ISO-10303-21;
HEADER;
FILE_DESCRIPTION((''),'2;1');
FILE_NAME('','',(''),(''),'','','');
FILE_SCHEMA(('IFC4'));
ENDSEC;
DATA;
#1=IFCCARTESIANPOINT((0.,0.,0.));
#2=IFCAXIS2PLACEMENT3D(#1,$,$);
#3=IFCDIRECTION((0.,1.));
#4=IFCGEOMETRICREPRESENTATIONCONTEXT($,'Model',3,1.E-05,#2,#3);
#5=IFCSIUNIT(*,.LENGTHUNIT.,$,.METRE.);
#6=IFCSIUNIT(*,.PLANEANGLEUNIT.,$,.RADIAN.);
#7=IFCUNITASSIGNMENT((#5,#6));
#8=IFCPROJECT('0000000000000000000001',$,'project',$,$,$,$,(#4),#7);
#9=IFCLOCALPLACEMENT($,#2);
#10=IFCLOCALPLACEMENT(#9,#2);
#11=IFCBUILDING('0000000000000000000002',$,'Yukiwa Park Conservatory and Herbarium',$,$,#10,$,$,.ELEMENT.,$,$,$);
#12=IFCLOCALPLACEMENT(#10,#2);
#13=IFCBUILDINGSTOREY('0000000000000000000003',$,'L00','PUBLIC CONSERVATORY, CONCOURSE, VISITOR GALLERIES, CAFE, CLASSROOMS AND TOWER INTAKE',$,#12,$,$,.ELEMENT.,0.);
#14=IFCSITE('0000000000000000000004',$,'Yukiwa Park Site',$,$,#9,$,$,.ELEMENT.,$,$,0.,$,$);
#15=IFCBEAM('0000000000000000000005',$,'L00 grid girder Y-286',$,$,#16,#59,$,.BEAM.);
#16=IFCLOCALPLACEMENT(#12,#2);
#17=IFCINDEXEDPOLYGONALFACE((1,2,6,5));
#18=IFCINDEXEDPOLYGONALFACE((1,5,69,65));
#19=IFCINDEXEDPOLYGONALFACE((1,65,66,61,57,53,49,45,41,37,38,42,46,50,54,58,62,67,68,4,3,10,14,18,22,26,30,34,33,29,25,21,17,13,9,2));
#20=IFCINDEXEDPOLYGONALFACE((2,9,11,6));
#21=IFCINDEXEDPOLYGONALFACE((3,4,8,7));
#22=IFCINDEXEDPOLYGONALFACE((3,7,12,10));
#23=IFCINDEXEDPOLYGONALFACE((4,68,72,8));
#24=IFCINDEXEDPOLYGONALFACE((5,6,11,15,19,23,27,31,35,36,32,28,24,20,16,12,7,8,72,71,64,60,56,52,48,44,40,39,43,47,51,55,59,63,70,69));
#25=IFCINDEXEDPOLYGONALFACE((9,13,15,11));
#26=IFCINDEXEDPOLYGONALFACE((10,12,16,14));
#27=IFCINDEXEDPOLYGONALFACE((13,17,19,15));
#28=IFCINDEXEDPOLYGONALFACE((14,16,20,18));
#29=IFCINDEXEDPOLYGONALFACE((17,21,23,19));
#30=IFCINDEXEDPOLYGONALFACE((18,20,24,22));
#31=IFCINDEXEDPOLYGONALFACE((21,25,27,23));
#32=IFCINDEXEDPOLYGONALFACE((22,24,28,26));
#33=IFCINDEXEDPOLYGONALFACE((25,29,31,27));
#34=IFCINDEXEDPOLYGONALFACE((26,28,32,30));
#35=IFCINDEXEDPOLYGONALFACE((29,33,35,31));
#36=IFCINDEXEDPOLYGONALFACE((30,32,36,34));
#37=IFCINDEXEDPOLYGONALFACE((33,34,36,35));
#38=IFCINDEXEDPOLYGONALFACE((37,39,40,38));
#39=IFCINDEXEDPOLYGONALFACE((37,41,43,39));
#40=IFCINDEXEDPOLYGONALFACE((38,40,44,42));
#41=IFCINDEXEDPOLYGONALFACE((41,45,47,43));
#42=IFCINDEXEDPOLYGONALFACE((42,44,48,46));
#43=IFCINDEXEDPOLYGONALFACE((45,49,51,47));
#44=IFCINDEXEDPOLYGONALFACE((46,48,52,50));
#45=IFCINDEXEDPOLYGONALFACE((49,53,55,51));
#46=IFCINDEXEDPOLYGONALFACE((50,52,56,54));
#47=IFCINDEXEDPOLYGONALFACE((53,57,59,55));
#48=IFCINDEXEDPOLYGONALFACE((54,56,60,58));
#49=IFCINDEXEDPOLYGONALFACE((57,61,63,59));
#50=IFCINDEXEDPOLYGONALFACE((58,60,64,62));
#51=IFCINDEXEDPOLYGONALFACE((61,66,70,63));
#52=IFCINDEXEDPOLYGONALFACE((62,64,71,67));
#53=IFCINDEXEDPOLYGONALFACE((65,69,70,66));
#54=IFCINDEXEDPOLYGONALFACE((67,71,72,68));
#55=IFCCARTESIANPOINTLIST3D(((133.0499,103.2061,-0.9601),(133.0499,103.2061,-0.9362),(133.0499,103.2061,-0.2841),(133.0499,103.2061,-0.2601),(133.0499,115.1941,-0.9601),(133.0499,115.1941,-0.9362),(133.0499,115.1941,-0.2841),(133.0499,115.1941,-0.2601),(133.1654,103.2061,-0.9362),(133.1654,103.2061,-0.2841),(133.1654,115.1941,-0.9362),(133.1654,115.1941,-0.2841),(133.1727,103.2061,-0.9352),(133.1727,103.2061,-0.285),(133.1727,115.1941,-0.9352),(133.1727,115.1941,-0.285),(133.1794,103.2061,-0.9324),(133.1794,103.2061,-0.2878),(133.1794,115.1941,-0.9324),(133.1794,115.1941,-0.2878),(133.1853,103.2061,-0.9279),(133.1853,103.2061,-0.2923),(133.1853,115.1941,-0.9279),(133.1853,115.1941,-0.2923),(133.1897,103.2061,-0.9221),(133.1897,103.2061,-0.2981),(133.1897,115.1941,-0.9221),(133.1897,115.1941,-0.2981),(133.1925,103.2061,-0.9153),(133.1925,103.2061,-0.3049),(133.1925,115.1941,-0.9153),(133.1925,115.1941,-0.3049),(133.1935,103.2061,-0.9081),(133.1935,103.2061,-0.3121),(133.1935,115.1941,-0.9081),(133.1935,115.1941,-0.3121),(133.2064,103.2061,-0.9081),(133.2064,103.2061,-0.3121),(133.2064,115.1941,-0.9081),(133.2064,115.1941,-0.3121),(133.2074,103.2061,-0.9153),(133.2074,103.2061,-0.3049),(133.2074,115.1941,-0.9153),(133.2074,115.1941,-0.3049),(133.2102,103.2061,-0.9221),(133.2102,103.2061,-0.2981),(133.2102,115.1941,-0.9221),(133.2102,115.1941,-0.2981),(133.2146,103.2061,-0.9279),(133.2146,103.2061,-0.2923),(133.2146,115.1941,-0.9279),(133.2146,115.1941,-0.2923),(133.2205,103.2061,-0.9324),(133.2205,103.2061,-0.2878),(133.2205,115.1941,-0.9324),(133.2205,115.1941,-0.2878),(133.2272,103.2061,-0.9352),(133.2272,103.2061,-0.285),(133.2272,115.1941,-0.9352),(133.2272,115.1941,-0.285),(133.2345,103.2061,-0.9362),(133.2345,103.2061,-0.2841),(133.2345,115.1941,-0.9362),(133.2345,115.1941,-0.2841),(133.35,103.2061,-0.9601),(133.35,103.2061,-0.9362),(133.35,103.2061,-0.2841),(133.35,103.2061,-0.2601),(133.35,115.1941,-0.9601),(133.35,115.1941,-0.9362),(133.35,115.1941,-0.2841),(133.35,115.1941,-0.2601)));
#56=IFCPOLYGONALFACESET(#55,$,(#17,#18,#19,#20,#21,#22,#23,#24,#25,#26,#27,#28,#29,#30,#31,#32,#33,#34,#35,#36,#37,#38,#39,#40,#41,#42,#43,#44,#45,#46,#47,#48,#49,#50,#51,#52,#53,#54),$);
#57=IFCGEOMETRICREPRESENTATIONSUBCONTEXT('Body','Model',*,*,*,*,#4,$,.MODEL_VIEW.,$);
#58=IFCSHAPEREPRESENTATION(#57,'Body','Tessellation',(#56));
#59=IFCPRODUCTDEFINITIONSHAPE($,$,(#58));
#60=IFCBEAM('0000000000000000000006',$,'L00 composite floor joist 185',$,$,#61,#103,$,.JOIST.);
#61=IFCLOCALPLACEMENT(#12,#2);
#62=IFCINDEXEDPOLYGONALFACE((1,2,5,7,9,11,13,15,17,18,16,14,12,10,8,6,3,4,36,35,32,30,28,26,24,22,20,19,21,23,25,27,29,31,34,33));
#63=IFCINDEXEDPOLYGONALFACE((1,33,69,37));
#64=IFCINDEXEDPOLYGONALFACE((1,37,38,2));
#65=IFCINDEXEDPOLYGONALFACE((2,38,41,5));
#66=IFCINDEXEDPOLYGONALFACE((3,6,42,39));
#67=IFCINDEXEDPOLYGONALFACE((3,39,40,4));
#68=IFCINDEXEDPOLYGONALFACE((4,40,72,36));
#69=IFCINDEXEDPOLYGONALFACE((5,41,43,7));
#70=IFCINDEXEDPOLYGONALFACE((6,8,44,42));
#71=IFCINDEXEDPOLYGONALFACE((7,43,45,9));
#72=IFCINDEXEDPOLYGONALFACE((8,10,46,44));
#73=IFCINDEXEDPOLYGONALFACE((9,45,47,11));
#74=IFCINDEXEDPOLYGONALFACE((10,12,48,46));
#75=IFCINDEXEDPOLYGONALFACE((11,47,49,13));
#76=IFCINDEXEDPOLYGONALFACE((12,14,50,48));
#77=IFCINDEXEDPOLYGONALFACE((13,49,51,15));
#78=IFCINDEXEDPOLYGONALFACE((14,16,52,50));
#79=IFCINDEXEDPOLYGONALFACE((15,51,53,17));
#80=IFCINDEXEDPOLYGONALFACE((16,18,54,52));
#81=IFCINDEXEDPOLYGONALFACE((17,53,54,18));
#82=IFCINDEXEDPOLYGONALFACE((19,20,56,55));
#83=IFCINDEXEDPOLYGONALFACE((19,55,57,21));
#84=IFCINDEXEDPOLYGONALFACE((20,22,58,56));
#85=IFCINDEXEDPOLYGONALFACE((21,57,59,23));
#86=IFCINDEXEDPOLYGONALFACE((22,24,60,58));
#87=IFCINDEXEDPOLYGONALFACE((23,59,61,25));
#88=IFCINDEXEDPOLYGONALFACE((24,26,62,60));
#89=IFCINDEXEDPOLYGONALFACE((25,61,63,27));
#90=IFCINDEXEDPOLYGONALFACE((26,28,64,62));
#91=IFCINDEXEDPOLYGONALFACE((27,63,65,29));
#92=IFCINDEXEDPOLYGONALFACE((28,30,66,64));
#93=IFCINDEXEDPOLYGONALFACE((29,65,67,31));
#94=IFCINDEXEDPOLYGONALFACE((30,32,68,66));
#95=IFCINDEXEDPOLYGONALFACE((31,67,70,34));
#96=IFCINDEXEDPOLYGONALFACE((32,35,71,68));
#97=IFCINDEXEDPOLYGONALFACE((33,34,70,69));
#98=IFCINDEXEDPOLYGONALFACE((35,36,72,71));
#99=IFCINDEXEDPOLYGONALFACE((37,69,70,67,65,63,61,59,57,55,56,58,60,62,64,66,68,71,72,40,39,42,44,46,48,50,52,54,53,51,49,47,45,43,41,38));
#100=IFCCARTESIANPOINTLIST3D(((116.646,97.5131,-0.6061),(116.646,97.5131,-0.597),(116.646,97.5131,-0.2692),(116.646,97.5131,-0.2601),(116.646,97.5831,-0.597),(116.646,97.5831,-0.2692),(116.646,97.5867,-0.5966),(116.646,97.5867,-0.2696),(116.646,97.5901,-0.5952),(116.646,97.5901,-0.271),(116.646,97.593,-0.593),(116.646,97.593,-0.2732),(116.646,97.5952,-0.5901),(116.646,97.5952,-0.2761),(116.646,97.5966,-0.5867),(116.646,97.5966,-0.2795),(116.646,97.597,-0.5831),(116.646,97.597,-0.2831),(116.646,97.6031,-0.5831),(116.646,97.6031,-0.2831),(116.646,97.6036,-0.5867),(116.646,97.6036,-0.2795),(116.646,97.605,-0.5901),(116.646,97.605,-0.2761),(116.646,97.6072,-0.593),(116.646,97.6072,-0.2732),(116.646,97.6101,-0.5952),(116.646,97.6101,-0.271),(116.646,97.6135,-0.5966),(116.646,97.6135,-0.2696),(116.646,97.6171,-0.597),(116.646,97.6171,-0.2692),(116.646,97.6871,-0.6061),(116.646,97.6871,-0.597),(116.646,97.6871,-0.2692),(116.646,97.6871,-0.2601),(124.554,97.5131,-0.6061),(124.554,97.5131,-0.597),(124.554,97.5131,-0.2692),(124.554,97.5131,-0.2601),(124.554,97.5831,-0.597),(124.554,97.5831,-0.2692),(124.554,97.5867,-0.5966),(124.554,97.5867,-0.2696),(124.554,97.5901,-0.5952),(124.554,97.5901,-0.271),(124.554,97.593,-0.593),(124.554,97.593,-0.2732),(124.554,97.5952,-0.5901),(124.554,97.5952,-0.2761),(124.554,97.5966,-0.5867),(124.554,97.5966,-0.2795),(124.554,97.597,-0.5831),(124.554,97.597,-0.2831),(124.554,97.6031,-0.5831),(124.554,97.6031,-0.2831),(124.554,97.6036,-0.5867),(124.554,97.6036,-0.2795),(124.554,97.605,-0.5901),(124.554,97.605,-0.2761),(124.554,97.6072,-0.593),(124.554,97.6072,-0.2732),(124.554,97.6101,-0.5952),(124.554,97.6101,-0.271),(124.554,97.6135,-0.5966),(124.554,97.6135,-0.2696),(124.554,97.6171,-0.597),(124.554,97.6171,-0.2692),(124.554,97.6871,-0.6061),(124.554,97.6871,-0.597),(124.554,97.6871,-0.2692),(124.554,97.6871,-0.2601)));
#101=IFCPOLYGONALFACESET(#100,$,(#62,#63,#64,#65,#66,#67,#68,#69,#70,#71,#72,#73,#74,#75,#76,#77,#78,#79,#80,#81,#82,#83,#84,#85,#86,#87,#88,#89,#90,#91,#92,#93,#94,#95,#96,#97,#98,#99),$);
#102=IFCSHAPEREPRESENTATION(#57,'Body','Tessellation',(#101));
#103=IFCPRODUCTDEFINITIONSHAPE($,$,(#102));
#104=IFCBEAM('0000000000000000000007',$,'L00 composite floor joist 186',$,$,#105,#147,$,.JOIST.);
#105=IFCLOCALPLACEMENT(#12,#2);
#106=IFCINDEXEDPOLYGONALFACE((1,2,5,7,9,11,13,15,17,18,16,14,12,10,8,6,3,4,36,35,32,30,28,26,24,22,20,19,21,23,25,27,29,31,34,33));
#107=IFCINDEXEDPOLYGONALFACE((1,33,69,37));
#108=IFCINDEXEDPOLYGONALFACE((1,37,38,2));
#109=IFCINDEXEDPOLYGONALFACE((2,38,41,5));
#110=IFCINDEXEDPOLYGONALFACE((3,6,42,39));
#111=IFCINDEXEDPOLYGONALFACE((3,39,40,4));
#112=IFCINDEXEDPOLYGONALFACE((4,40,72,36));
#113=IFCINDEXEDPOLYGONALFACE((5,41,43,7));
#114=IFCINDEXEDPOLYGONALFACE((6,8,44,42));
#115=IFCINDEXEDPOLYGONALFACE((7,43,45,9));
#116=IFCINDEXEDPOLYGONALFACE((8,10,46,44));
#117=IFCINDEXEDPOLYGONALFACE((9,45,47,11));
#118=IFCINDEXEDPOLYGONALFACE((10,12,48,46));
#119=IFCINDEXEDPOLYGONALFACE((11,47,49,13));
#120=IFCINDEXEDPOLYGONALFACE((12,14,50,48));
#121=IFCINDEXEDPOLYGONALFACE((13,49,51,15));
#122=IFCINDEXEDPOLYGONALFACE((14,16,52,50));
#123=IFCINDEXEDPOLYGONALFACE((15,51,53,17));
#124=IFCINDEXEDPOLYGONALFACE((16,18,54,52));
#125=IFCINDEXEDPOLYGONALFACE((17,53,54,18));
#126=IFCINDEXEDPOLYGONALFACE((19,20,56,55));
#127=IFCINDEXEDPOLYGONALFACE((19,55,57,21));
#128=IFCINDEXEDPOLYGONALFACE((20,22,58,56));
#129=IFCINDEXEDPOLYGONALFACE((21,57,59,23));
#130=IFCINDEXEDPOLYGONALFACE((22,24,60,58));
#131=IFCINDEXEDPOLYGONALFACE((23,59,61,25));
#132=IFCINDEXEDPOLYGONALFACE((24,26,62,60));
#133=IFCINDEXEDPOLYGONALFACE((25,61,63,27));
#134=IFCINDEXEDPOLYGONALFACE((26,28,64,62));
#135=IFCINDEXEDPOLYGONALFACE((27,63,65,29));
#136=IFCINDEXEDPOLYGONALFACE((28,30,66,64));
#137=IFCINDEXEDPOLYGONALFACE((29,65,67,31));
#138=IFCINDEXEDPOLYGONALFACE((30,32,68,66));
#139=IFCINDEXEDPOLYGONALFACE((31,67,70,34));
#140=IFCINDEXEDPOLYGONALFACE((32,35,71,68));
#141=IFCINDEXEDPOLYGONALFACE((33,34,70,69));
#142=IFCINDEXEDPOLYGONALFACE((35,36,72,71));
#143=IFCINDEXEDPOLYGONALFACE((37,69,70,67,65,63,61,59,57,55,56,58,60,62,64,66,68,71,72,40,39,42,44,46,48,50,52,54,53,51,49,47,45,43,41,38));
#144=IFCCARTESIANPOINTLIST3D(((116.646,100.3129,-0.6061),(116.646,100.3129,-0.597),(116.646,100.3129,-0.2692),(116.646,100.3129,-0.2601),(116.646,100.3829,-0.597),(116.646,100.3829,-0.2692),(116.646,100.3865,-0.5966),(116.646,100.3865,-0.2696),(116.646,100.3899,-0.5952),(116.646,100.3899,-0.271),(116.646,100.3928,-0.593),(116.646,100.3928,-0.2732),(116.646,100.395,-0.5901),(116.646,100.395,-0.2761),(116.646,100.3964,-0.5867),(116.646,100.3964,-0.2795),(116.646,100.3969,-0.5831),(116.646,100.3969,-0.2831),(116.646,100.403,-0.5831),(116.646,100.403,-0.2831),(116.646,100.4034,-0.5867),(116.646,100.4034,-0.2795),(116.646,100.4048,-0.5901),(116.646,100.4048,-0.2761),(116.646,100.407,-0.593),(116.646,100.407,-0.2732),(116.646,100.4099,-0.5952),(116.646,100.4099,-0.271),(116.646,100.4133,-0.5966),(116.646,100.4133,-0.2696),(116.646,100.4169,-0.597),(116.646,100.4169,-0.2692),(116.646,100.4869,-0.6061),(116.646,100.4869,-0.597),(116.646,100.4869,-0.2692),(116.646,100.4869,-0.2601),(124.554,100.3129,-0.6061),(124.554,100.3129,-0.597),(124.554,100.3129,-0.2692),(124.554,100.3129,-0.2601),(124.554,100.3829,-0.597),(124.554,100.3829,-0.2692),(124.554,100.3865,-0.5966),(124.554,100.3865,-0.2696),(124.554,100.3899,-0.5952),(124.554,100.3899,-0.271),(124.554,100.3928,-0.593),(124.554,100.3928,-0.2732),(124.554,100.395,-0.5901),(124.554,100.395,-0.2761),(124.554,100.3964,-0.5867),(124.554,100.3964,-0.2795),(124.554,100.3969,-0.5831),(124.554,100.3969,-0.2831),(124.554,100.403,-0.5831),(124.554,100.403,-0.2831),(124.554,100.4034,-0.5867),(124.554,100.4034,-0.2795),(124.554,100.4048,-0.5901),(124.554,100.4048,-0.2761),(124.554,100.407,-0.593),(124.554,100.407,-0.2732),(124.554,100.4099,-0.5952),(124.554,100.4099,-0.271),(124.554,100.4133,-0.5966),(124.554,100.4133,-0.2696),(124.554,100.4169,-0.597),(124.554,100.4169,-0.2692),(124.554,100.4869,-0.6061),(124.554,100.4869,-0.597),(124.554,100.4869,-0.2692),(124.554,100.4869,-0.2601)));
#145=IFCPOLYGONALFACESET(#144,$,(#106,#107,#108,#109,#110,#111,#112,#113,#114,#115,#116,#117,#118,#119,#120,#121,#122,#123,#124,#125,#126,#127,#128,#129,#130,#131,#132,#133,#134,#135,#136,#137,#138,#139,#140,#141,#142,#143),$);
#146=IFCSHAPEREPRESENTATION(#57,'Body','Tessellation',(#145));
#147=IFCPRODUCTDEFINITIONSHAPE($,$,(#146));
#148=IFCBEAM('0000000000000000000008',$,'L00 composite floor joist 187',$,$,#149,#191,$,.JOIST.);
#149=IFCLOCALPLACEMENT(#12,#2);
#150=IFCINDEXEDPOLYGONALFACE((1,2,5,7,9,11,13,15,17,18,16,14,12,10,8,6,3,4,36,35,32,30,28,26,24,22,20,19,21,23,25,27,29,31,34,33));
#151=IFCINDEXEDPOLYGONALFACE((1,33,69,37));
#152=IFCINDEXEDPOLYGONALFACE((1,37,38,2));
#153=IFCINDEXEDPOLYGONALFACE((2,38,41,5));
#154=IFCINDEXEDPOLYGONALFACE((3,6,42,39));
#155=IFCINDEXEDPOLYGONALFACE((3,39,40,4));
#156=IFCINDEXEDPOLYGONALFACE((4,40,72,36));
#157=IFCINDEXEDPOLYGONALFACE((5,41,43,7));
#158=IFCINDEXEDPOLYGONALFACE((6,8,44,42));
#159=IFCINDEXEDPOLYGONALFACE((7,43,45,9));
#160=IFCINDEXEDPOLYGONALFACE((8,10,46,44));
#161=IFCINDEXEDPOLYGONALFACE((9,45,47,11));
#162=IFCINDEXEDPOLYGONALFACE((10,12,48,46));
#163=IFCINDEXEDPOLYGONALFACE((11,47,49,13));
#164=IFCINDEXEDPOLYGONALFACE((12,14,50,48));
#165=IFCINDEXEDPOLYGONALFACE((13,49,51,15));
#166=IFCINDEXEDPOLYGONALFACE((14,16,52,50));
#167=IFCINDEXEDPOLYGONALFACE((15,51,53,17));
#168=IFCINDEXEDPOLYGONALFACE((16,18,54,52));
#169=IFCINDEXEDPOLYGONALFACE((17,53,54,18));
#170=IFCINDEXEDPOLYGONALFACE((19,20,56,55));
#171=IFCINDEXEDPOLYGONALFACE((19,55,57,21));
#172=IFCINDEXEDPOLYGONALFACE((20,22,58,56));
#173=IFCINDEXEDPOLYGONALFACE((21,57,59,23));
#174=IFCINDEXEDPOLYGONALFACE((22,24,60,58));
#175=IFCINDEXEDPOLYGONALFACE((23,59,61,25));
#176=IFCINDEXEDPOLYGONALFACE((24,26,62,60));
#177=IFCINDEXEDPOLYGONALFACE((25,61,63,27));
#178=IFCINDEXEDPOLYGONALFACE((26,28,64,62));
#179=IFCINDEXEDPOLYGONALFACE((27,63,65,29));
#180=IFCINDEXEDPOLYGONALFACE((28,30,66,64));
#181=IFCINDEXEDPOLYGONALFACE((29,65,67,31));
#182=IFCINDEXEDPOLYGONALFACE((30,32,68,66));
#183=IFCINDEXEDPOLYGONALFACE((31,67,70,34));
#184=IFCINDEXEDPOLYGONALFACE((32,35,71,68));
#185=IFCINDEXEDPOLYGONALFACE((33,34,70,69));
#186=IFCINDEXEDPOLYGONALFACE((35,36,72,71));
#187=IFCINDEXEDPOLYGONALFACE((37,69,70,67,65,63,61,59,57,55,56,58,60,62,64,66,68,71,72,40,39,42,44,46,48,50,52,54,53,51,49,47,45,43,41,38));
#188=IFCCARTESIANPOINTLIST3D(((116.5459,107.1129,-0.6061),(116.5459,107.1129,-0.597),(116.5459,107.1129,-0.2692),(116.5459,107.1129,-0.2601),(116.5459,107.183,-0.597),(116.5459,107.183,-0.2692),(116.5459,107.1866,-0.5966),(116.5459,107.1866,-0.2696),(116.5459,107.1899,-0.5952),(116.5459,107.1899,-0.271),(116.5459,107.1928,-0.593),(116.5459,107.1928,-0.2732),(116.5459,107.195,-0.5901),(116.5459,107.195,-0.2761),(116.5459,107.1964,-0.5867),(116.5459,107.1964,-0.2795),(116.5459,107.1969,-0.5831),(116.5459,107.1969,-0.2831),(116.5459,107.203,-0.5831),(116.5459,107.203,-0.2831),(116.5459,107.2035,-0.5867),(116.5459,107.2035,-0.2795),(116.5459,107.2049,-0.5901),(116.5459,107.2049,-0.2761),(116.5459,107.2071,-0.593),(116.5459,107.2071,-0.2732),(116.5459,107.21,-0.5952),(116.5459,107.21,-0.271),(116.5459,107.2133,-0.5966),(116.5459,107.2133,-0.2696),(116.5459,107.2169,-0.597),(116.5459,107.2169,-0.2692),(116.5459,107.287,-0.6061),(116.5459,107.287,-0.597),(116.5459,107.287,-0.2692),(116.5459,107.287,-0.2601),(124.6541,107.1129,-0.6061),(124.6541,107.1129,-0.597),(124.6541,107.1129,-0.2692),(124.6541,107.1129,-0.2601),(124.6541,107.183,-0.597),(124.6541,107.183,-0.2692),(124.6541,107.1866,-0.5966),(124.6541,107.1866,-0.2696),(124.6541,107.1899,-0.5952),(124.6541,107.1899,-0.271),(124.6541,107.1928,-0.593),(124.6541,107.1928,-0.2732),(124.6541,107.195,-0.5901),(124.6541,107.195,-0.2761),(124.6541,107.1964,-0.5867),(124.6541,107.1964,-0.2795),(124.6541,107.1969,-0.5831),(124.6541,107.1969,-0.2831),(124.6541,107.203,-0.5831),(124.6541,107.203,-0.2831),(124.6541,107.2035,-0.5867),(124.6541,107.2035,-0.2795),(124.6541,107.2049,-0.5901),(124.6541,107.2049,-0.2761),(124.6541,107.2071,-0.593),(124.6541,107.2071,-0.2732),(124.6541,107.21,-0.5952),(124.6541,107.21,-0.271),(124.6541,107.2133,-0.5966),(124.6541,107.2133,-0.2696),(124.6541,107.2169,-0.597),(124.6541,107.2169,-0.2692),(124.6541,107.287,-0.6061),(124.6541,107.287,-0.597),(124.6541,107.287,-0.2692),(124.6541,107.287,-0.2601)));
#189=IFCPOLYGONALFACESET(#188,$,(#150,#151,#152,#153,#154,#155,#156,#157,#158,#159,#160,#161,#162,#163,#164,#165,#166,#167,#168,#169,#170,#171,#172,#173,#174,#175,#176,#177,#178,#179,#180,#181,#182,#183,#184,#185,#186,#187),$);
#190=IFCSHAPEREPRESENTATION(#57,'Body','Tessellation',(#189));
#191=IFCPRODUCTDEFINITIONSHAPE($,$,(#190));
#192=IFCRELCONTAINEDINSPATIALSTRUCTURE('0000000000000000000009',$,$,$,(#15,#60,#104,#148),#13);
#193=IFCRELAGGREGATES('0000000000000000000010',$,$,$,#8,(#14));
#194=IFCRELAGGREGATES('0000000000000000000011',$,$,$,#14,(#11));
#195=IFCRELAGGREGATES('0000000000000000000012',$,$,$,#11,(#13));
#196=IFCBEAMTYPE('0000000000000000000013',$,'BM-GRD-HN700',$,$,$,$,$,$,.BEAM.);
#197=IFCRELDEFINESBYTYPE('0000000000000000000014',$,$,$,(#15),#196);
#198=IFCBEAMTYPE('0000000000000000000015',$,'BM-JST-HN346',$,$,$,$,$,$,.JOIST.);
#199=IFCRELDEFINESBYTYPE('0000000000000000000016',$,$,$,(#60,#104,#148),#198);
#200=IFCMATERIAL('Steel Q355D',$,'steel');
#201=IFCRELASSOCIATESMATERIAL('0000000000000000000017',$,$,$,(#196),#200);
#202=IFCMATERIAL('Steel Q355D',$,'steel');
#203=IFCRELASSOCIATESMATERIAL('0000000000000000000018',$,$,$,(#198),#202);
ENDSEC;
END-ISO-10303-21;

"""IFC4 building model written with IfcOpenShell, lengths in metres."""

from ifc_helpers import new_model, si_unit, direction, frame, origin, origin_2d, place, context, subcontext, project, spatial, i_section, extrude, material, material_profile, profile_set, type_object, element, save


model = new_model("IFC4")

# Units and contexts
model_context = context("Model", 3, precision=1e-05, world=origin(), true_north=direction((0.0, 1.0)))
body_context = subcontext(model_context, "Body", "Model", "MODEL_VIEW")
ifc_project = project(units=[si_unit("LENGTHUNIT", "METRE"), si_unit("PLANEANGLEUNIT", "RADIAN")], contexts=[model_context])

# Site, building, storey
site_placement = place(None, origin())
site = spatial("IfcSite", under=ifc_project, at=site_placement, Name="Yukiwa Park Site", CompositionType="ELEMENT", RefElevation=0.0)
building_placement = place(site_placement, origin())
building = spatial("IfcBuilding", under=site, at=building_placement, Name="Yukiwa Park Conservatory and Herbarium", CompositionType="ELEMENT")
storey_placement = place(building_placement, origin())
storey = spatial("IfcBuildingStorey", under=building, at=storey_placement, Name="L00", Description="PUBLIC CONSERVATORY, CONCOURSE, VISITOR GALLERIES, CAFE, CLASSROOMS AND TOWER INTAKE", CompositionType="ELEMENT", Elevation=0.0)

# Beams
ifc_material_1 = material(Name="Steel Q355D", Category="steel")
ifc_material_profile_1 = material_profile(ifc_material_1, i_section(OverallWidth=0.3, OverallDepth=0.7, WebThickness=0.0129, FlangeThickness=0.0239, FilletRadius=0.0281, at=origin_2d()), Name="HN 700x300x13x24")
ifc_profile_set_1 = profile_set([ifc_material_profile_1], Name="Steel Q355D")
beam_type_1 = type_object("IfcBeamType", Name="BM-GRD-HN700", PredefinedType="BEAM", material=ifc_profile_set_1)
for number, where, z_axis, x_axis, name in (
    (1, (133.2, 103.2061, -0.6101), (0.0, 1.0, 0.0), (-1.0, 0.0, 0.0), "L00 grid girder Y-286"),
):
    element("IfcBeam", number, at=place(storey_placement, frame(where, z_axis=z_axis, x_axis=x_axis)), inside=storey, type_object=beam_type_1, Name=name, PredefinedType="BEAM", context=body_context, shape_type="SweptSolid", body=[
        extrude(i_section(OverallWidth=0.3, OverallDepth=0.7, WebThickness=0.0129, FlangeThickness=0.0239, FilletRadius=0.0281, at=origin_2d()), origin(), (0.0, 0.0, 1.0), 11.988),
    ])
ifc_material_2 = material(Name="Steel Q355D", Category="steel")
ifc_material_profile_2 = material_profile(ifc_material_2, i_section(OverallWidth=0.1741, OverallDepth=0.3459, WebThickness=0.0061, FlangeThickness=0.009, FilletRadius=0.0139, at=origin_2d()), Name="HN 346x174x6x9")
ifc_profile_set_2 = profile_set([ifc_material_profile_2], Name="Steel Q355D")
beam_type_2 = type_object("IfcBeamType", Name="BM-JST-HN346", PredefinedType="JOIST", material=ifc_profile_set_2)
for number, where, z_axis, x_axis, name in (
    (2, (116.646, 97.6001, -0.4331), (1.0, 0.0, 0.0), (0.0, 1.0, 0.0), "L00 composite floor joist 185"),
    (3, (116.646, 100.3999, -0.4331), (1.0, 0.0, 0.0), (0.0, 1.0, 0.0), "L00 composite floor joist 186"),
):
    element("IfcBeam", number, at=place(storey_placement, frame(where, z_axis=z_axis, x_axis=x_axis)), inside=storey, type_object=beam_type_2, Name=name, PredefinedType="JOIST", context=body_context, shape_type="SweptSolid", body=[
        extrude(i_section(OverallWidth=0.1741, OverallDepth=0.3459, WebThickness=0.0061, FlangeThickness=0.009, FilletRadius=0.0139, at=origin_2d()), origin(), (0.0, 0.0, 1.0), 7.908),
    ])
for number, where, z_axis, x_axis, name in (
    (4, (116.5459, 107.2, -0.4331), (1.0, 0.0, 0.0), (0.0, 1.0, 0.0), "L00 composite floor joist 187"),
):
    element("IfcBeam", number, at=place(storey_placement, frame(where, z_axis=z_axis, x_axis=x_axis)), inside=storey, type_object=beam_type_2, Name=name, PredefinedType="JOIST", context=body_context, shape_type="SweptSolid", body=[
        extrude(i_section(OverallWidth=0.1741, OverallDepth=0.3459, WebThickness=0.0061, FlangeThickness=0.009, FilletRadius=0.0139, at=origin_2d()), origin(), (0.0, 0.0, 1.0), 8.1082),
    ])

save(model, "model.ifc")
